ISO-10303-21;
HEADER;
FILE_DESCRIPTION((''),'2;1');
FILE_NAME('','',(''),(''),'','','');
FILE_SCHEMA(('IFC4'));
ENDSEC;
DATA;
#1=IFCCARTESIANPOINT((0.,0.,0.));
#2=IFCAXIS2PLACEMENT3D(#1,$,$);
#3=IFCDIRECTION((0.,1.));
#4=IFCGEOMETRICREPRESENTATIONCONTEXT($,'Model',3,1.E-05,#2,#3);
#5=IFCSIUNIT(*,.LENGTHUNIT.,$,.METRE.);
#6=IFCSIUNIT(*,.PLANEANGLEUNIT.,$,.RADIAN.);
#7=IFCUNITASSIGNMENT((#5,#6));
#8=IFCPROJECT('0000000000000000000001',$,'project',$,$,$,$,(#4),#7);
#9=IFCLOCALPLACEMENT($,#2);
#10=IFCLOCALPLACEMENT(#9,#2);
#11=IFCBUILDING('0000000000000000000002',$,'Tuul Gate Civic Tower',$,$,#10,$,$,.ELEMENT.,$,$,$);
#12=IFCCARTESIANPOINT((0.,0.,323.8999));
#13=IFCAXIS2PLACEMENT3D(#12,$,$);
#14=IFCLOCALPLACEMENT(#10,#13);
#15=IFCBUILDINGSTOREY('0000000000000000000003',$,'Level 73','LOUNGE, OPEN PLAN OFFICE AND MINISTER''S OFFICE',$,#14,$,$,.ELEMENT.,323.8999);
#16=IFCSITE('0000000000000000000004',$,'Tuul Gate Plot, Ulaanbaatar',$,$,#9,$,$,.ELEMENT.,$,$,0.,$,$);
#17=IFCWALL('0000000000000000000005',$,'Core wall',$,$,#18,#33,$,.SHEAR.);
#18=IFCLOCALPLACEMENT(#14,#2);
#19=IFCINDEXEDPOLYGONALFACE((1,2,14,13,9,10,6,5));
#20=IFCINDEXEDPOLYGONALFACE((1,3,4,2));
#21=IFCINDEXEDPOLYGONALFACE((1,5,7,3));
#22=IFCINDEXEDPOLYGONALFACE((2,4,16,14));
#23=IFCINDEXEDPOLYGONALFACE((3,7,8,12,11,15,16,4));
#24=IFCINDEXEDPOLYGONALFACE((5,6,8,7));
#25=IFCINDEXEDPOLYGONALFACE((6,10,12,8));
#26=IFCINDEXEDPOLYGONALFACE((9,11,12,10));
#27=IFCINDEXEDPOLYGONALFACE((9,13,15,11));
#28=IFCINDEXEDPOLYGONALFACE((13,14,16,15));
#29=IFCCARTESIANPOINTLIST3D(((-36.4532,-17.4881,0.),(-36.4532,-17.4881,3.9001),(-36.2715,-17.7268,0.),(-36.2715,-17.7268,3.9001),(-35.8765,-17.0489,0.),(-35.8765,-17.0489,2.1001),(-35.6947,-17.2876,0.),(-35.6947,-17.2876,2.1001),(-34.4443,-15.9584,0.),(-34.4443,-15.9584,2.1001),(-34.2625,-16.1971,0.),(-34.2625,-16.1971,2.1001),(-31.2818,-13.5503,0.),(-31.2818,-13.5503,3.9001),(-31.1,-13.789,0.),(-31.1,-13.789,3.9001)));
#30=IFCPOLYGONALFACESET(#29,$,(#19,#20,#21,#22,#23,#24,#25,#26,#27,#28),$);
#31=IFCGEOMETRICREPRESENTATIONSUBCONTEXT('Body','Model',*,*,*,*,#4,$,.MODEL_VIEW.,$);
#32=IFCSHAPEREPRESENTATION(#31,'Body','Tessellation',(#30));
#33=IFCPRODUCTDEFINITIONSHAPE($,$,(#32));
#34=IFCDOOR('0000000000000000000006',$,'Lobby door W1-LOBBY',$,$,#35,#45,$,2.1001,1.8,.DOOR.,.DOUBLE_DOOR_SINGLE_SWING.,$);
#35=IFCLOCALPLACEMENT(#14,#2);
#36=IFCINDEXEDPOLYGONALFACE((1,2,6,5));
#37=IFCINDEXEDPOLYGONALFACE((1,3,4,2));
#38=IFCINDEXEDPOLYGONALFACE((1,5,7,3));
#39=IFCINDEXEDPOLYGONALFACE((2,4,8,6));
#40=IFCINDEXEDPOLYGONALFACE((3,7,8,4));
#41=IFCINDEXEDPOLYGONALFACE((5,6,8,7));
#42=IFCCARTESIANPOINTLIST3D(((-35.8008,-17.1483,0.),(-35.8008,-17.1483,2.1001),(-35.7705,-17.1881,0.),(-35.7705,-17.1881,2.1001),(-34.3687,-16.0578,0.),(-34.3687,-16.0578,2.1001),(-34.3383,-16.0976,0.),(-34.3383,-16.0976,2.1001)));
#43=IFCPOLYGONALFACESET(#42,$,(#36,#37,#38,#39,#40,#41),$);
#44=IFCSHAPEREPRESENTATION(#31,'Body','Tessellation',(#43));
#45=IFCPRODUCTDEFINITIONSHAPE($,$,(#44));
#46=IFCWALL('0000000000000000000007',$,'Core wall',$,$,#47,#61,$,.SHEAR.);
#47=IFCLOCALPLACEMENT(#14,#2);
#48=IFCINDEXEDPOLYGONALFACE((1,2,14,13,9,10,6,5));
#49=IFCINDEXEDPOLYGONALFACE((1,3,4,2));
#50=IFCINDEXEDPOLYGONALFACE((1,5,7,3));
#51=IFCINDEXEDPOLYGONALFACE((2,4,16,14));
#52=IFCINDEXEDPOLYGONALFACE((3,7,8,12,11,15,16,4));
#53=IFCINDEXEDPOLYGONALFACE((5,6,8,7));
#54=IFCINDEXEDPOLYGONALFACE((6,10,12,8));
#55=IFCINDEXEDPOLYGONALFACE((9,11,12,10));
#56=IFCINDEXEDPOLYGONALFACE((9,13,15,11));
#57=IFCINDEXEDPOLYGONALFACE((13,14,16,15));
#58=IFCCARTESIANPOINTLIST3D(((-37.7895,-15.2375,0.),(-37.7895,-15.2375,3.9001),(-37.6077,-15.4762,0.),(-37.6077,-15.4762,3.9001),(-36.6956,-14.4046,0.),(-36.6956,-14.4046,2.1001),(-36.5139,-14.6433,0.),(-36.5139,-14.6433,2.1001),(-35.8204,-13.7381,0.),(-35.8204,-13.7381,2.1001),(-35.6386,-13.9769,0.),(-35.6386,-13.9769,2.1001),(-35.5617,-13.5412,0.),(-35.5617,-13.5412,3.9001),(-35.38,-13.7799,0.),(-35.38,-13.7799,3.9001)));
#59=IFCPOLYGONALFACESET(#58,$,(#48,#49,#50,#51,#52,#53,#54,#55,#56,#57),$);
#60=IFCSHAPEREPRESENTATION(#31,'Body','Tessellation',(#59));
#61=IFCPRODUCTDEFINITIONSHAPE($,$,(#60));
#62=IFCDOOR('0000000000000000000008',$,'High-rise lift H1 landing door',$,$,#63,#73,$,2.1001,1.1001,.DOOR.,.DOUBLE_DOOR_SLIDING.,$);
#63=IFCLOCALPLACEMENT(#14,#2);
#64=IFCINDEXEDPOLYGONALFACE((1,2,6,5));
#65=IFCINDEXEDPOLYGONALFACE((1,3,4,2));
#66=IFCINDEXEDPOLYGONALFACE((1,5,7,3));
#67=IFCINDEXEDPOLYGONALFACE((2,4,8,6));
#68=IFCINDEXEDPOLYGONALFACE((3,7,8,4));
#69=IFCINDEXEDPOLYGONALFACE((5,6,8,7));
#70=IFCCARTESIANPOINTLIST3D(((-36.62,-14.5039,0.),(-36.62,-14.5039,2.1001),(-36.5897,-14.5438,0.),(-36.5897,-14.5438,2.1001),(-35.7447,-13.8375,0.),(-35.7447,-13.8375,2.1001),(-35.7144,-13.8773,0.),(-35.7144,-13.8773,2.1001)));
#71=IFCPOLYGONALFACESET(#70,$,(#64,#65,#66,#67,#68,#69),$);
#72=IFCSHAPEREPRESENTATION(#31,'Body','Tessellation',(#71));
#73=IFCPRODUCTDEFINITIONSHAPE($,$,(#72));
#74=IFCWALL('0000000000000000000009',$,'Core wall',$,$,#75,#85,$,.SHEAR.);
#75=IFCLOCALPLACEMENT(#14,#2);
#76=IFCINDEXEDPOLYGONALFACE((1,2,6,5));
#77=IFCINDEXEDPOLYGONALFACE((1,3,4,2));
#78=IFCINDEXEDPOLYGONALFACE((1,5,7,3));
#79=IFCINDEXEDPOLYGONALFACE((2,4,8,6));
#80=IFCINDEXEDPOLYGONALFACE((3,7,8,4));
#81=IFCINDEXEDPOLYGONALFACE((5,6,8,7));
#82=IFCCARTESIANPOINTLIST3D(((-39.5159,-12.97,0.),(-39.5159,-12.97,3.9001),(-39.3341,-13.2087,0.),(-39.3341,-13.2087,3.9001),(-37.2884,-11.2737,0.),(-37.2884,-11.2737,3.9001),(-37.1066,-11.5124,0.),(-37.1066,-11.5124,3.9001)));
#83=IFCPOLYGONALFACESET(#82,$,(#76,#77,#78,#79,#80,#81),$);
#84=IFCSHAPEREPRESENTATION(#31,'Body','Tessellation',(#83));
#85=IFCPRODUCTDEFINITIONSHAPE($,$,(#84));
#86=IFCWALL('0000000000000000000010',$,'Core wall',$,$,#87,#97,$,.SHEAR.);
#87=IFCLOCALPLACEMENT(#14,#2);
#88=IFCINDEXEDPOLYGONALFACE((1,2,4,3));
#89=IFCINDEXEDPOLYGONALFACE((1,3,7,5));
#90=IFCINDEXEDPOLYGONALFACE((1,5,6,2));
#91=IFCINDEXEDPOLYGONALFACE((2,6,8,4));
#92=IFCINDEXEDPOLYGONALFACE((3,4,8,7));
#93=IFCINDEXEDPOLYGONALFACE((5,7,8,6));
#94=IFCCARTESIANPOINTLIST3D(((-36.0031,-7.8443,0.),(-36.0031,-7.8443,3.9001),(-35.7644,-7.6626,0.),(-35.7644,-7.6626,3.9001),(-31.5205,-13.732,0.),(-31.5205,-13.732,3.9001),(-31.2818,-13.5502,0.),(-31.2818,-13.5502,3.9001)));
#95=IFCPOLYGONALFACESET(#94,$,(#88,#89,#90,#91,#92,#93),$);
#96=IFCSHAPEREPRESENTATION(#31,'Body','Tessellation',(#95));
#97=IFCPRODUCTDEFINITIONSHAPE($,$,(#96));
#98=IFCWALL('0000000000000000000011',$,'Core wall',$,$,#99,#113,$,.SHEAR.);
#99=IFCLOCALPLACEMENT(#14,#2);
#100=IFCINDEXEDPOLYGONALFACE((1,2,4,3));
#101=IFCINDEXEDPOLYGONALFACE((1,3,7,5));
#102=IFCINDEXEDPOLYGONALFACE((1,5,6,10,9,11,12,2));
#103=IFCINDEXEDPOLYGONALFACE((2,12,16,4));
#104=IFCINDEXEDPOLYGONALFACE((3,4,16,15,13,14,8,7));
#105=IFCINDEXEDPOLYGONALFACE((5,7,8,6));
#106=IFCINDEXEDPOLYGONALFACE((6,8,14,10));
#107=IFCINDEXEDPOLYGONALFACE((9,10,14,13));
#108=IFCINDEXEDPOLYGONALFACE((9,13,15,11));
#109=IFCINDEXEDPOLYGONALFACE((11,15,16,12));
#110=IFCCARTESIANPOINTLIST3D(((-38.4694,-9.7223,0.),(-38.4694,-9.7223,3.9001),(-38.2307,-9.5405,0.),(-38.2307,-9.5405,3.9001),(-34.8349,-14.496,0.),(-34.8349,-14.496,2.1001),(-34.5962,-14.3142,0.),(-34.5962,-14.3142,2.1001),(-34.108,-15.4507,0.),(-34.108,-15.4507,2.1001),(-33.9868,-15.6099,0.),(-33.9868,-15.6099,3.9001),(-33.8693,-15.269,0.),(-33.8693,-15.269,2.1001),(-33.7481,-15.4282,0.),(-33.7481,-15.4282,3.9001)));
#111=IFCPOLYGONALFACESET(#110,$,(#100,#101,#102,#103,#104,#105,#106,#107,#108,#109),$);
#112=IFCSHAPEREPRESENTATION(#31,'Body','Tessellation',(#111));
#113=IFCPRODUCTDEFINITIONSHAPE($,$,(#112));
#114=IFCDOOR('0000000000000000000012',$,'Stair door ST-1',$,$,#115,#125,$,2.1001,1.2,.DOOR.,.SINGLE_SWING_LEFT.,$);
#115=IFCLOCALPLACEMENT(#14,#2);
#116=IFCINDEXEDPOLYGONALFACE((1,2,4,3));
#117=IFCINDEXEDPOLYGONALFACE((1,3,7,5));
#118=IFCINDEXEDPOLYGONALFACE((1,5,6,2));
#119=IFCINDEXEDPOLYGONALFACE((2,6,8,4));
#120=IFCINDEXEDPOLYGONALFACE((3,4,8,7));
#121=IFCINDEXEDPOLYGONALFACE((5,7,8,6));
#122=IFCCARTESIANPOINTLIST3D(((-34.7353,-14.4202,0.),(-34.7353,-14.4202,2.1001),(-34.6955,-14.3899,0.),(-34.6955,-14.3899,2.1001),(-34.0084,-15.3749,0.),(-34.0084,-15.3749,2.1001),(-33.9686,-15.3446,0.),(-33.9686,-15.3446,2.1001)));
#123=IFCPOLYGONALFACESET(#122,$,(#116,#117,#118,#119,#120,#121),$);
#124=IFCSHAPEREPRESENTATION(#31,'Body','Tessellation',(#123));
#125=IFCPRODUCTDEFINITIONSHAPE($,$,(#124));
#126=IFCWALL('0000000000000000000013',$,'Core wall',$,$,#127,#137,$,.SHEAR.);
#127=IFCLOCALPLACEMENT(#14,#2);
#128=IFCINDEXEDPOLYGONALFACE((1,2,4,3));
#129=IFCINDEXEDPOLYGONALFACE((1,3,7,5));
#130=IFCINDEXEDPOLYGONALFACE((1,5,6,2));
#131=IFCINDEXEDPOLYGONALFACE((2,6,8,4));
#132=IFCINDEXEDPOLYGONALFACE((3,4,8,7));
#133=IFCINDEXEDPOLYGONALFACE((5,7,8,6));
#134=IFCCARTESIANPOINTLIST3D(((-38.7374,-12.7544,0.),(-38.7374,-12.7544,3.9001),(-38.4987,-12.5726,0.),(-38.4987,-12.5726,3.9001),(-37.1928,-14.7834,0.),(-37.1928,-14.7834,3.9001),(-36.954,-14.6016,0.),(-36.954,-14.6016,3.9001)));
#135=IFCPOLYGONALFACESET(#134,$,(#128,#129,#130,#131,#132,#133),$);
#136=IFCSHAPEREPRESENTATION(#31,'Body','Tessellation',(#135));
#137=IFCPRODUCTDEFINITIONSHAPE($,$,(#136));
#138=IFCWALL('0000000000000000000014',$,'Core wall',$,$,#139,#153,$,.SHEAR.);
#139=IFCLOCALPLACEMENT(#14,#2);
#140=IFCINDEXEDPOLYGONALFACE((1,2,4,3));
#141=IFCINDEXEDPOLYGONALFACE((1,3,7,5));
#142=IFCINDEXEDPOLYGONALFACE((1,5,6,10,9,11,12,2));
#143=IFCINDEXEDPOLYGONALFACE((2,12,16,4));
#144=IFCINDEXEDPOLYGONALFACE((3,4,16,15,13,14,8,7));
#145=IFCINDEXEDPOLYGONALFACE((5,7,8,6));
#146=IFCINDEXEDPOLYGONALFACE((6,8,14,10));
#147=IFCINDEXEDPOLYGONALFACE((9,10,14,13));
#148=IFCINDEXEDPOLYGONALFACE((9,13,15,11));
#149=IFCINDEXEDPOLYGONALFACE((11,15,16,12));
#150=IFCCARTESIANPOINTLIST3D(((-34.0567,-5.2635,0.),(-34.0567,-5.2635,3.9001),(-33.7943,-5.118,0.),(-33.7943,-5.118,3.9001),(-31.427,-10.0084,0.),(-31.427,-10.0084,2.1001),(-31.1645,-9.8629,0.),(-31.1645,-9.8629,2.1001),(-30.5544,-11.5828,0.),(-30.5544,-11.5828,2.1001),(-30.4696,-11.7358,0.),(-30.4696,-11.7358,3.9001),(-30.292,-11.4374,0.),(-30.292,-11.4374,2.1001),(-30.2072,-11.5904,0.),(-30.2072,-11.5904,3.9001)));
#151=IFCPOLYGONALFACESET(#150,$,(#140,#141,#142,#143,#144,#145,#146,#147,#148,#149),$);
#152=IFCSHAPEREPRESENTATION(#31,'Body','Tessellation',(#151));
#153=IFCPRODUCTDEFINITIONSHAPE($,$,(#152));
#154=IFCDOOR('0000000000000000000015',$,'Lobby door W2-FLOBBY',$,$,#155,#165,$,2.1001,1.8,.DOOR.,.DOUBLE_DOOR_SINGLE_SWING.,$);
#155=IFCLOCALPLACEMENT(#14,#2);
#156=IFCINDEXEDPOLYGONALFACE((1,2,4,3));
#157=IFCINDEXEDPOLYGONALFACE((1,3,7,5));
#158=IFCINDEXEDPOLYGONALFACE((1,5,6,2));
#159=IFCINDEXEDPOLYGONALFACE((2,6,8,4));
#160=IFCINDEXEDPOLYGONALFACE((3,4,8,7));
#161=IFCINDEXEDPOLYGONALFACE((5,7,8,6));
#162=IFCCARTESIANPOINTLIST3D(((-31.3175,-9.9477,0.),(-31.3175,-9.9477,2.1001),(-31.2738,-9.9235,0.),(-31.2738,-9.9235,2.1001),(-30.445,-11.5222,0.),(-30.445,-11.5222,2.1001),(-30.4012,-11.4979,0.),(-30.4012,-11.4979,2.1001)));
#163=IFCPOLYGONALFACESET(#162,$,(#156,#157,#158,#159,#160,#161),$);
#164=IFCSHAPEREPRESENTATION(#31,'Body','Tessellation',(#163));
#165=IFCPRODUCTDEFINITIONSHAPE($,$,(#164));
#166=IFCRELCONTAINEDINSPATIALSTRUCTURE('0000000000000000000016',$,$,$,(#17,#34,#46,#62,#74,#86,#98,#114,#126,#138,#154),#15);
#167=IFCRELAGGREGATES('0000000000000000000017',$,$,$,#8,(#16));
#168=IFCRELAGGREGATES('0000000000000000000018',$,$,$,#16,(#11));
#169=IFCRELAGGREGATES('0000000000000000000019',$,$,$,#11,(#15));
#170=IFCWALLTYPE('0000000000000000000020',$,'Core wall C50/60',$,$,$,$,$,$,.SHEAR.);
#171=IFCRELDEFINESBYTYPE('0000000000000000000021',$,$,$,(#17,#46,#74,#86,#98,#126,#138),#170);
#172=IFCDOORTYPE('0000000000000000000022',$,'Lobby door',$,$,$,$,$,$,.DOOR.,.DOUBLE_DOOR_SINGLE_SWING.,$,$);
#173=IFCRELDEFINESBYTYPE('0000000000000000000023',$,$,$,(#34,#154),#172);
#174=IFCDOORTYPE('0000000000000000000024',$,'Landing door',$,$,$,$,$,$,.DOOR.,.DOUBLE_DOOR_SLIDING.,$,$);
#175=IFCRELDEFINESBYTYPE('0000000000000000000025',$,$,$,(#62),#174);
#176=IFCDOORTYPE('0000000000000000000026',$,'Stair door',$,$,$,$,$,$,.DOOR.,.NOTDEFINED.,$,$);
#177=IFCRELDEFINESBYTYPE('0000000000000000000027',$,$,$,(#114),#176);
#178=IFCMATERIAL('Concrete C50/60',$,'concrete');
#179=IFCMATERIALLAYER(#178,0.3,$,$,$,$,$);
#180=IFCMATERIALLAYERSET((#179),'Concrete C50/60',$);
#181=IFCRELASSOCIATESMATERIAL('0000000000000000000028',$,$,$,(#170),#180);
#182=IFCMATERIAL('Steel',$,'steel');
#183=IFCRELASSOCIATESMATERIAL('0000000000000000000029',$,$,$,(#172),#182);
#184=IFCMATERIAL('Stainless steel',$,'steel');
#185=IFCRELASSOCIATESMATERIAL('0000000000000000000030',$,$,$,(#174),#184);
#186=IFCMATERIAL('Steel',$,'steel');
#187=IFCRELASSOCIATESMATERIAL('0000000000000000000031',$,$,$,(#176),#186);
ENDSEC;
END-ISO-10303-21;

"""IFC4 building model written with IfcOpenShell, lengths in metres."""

from ifc_helpers import new_model, si_unit, direction, frame, frame_2d, origin, place, context, subcontext, project, spatial, rectangle, extrude, material, layer, layer_set, type_object, element, fill, save


model = new_model("IFC4")

# Units and contexts
model_context = context("Model", 3, precision=1e-05, world=origin(), true_north=direction((0.0, 1.0)))
body_context = subcontext(model_context, "Body", "Model", "MODEL_VIEW")
ifc_project = project(units=[si_unit("LENGTHUNIT", "METRE"), si_unit("PLANEANGLEUNIT", "RADIAN")], contexts=[model_context])

# Site, building, storey
site_placement = place(None, origin())
site = spatial("IfcSite", under=ifc_project, at=site_placement, Name="Tuul Gate Plot, Ulaanbaatar", CompositionType="ELEMENT", RefElevation=0.0)
building_placement = place(site_placement, origin())
building = spatial("IfcBuilding", under=site, at=building_placement, Name="Tuul Gate Civic Tower", CompositionType="ELEMENT")
storey_placement = place(building_placement, frame((0.0, 0.0, 323.8999)))
storey = spatial("IfcBuildingStorey", under=building, at=storey_placement, Name="Level 73", Description="LOUNGE, OPEN PLAN OFFICE AND MINISTER'S OFFICE", CompositionType="ELEMENT", Elevation=323.8999)

# Walls, openings, doors
ifc_material_1 = material(Name="Concrete C50/60", Category="concrete")
ifc_layer = layer(ifc_material_1, 0.3)
ifc_layer_set = layer_set([ifc_layer], Name="Concrete C50/60")
wall_type = type_object("IfcWallType", Name="Core wall C50/60", PredefinedType="SHEAR", material=ifc_layer_set)
wall_1_placement = place(storey_placement, frame((-31.1909, -13.6697, 0.0), z_axis=(0.0, 0.0, 1.0), x_axis=(-0.795607, -0.605813, 0.0)))
wall_1 = element("IfcWall", 1, at=wall_1_placement, inside=storey, type_object=wall_type, Name="Core wall", PredefinedType="SHEAR", context=body_context, shape_type="SweptSolid", body=[
    extrude(rectangle(XDim=6.5, YDim=0.3, at=frame_2d((3.25, 0.0))), origin(), (0.0, 0.0, 1.0), 3.9001),
])
opening_1_placement = place(wall_1_placement, frame((3.9751, 0.0, 0.0)))
opening_1 = element("IfcOpeningElement", 2, at=opening_1_placement, cuts=wall_1, PredefinedType="OPENING", context=body_context, shape_type="SweptSolid", body=[
    extrude(rectangle(XDim=1.8, YDim=2.1001, at=frame_2d((0.8999, 1.05))), frame((0.0, 0.1602, 0.0), z_axis=(0.0, -1.0, 0.0), x_axis=(1.0, 0.0, 0.0)), (0.0, 0.0, 1.0), 0.3201),
])
ifc_material_2 = material(Name="Steel", Category="steel")
door_type_1 = type_object("IfcDoorType", Name="Lobby door", OperationType="DOUBLE_DOOR_SINGLE_SWING", PredefinedType="DOOR", material=ifc_material_2)
door_1_placement = place(opening_1_placement, origin())
door_1 = element("IfcDoor", 3, at=door_1_placement, inside=storey, type_object=door_type_1, Name="Lobby door W1-LOBBY", OperationType="DOUBLE_DOOR_SINGLE_SWING", OverallHeight=2.1001, OverallWidth=1.8, PredefinedType="DOOR", context=body_context, shape_type="SweptSolid", body=[
    extrude(rectangle(XDim=1.8, YDim=2.1001, at=frame_2d((0.8999, 1.05))), frame((0.0, 0.0249, 0.0), z_axis=(0.0, -1.0, 0.0), x_axis=(1.0, 0.0, 0.0)), (0.0, 0.0, 1.0), 0.05),
])
fill(opening_1, door_1)
wall_2_placement = place(storey_placement, frame((-35.4709, -13.6606, 0.0), z_axis=(0.0, 0.0, 1.0), x_axis=(-0.795616, -0.605802, 0.0)))
wall_2 = element("IfcWall", 4, at=wall_2_placement, inside=storey, type_object=wall_type, Name="Core wall", PredefinedType="SHEAR", context=body_context, shape_type="SweptSolid", body=[
    extrude(rectangle(XDim=2.8, YDim=0.3, at=frame_2d((1.3999, 0.0))), origin(), (0.0, 0.0, 1.0), 3.9001),
])
opening_2_placement = place(wall_2_placement, frame((0.325, 0.0, 0.0)))
opening_2 = element("IfcOpeningElement", 5, at=opening_2_placement, cuts=wall_2, PredefinedType="OPENING", context=body_context, shape_type="SweptSolid", body=[
    extrude(rectangle(XDim=1.1001, YDim=2.1001, at=frame_2d((0.55, 1.05))), frame((0.0, 0.1602, 0.0), z_axis=(0.0, -1.0, 0.0), x_axis=(1.0, 0.0, 0.0)), (0.0, 0.0, 1.0), 0.3201),
])
ifc_material_3 = material(Name="Stainless steel", Category="steel")
door_type_2 = type_object("IfcDoorType", Name="Landing door", OperationType="DOUBLE_DOOR_SLIDING", PredefinedType="DOOR", material=ifc_material_3)
door_2_placement = place(opening_2_placement, origin())
door_2 = element("IfcDoor", 6, at=door_2_placement, inside=storey, type_object=door_type_2, Name="High-rise lift H1 landing door", OperationType="DOUBLE_DOOR_SLIDING", OverallHeight=2.1001, OverallWidth=1.1001, PredefinedType="DOOR", context=body_context, shape_type="SweptSolid", body=[
    extrude(rectangle(XDim=1.1001, YDim=2.1001, at=frame_2d((0.55, 1.05))), frame((0.0, 0.0249, 0.0), z_axis=(0.0, -1.0, 0.0), x_axis=(1.0, 0.0, 0.0)), (0.0, 0.0, 1.0), 0.05),
])
fill(opening_2, door_2)

# Walls
wall_3_placement = place(storey_placement, frame((-37.1975, -11.3931, 0.0), z_axis=(0.0, 0.0, 1.0), x_axis=(-0.795584, -0.605844, 0.0)))
element("IfcWall", 7, at=wall_3_placement, inside=storey, type_object=wall_type, Name="Core wall", PredefinedType="SHEAR", context=body_context, shape_type="SweptSolid", body=[
    extrude(rectangle(XDim=2.7998, YDim=0.3, at=frame_2d((1.3999, 0.0))), origin(), (0.0, 0.0, 1.0), 3.9001),
])
wall_4_placement = place(storey_placement, frame((-31.4011, -13.6411, 0.0), z_axis=(0.0, 0.0, 1.0), x_axis=(-0.60577, 0.79564, 0.0)))
element("IfcWall", 8, at=wall_4_placement, inside=storey, type_object=wall_type, Name="Core wall", PredefinedType="SHEAR", context=body_context, shape_type="SweptSolid", body=[
    extrude(rectangle(XDim=7.3999, YDim=0.3, at=frame_2d((3.7, 0.0))), origin(), (0.0, 0.0, 1.0), 3.9001),
])

# Wall, opening, door
wall_5_placement = place(storey_placement, frame((-33.8674, -15.519, 0.0), z_axis=(0.0, 0.0, 1.0), x_axis=(-0.60577, 0.79564, 0.0)))
wall_5 = element("IfcWall", 9, at=wall_5_placement, inside=storey, type_object=wall_type, Name="Core wall", PredefinedType="SHEAR", context=body_context, shape_type="SweptSolid", body=[
    extrude(rectangle(XDim=7.3999, YDim=0.3, at=frame_2d((3.7, 0.0))), origin(), (0.0, 0.0, 1.0), 3.9001),
])
opening_3_placement = place(wall_5_placement, frame((0.2, 0.0, 0.0)))
opening_3 = element("IfcOpeningElement", 10, at=opening_3_placement, cuts=wall_5, PredefinedType="OPENING", context=body_context, shape_type="SweptSolid", body=[
    extrude(rectangle(XDim=1.2, YDim=2.1001, at=frame_2d((0.6001, 1.05))), frame((0.0, 0.1602, 0.0), z_axis=(0.0, -1.0, 0.0), x_axis=(1.0, 0.0, 0.0)), (0.0, 0.0, 1.0), 0.3201),
])
ifc_material_4 = material(Name="Steel", Category="steel")
door_type_3 = type_object("IfcDoorType", Name="Stair door", OperationType="NOTDEFINED", PredefinedType="DOOR", material=ifc_material_4)
door_3_placement = place(opening_3_placement, origin())
door_3 = element("IfcDoor", 11, at=door_3_placement, inside=storey, type_object=door_type_3, Name="Stair door ST-1", OperationType="SINGLE_SWING_LEFT", OverallHeight=2.1001, OverallWidth=1.2, PredefinedType="DOOR", context=body_context, shape_type="SweptSolid", body=[
    extrude(rectangle(XDim=1.2, YDim=2.1001, at=frame_2d((0.6001, 1.05))), frame((0.0, 0.0249, 0.0), z_axis=(0.0, -1.0, 0.0), x_axis=(1.0, 0.0, 0.0)), (0.0, 0.0, 1.0), 0.05),
])
fill(opening_3, door_3)

# Wall
wall_6_placement = place(storey_placement, frame((-37.0735, -14.6924, 0.0), z_axis=(0.0, 0.0, 1.0), x_axis=(-0.605729, 0.795671, 0.0)))
element("IfcWall", 12, at=wall_6_placement, inside=storey, type_object=wall_type, Name="Core wall", PredefinedType="SHEAR", context=body_context, shape_type="SweptSolid", body=[
    extrude(rectangle(XDim=2.55, YDim=0.3, at=frame_2d((1.2749, 0.0))), origin(), (0.0, 0.0, 1.0), 3.9001),
])

# Wall, opening, door
wall_7_placement = place(storey_placement, frame((-30.3384, -11.6631, 0.0), z_axis=(0.0, 0.0, 1.0), x_axis=(-0.484752, 0.874652, 0.0)))
wall_7 = element("IfcWall", 13, at=wall_7_placement, inside=storey, type_object=wall_type, Name="Core wall", PredefinedType="SHEAR", context=body_context, shape_type="SweptSolid", body=[
    extrude(rectangle(XDim=7.3999, YDim=0.3, at=frame_2d((3.7, 0.0))), origin(), (0.0, 0.0, 1.0), 3.9001),
])
opening_4_placement = place(wall_7_placement, frame((0.175, 0.0, 0.0)))
opening_4 = element("IfcOpeningElement", 14, at=opening_4_placement, cuts=wall_7, PredefinedType="OPENING", context=body_context, shape_type="SweptSolid", body=[
    extrude(rectangle(XDim=1.8, YDim=2.1001, at=frame_2d((0.8999, 1.05))), frame((0.0, 0.1602, 0.0), z_axis=(0.0, -1.0, 0.0), x_axis=(1.0, 0.0, 0.0)), (0.0, 0.0, 1.0), 0.3201),
])
door_4_placement = place(opening_4_placement, origin())
door_4 = element("IfcDoor", 15, at=door_4_placement, inside=storey, type_object=door_type_1, Name="Lobby door W2-FLOBBY", OperationType="DOUBLE_DOOR_SINGLE_SWING", OverallHeight=2.1001, OverallWidth=1.8, PredefinedType="DOOR", context=body_context, shape_type="SweptSolid", body=[
    extrude(rectangle(XDim=1.8, YDim=2.1001, at=frame_2d((0.8999, 1.05))), frame((0.0, 0.0249, 0.0), z_axis=(0.0, -1.0, 0.0), x_axis=(1.0, 0.0, 0.0)), (0.0, 0.0, 1.0), 0.05),
])
fill(opening_4, door_4)

save(model, "model.ifc")
